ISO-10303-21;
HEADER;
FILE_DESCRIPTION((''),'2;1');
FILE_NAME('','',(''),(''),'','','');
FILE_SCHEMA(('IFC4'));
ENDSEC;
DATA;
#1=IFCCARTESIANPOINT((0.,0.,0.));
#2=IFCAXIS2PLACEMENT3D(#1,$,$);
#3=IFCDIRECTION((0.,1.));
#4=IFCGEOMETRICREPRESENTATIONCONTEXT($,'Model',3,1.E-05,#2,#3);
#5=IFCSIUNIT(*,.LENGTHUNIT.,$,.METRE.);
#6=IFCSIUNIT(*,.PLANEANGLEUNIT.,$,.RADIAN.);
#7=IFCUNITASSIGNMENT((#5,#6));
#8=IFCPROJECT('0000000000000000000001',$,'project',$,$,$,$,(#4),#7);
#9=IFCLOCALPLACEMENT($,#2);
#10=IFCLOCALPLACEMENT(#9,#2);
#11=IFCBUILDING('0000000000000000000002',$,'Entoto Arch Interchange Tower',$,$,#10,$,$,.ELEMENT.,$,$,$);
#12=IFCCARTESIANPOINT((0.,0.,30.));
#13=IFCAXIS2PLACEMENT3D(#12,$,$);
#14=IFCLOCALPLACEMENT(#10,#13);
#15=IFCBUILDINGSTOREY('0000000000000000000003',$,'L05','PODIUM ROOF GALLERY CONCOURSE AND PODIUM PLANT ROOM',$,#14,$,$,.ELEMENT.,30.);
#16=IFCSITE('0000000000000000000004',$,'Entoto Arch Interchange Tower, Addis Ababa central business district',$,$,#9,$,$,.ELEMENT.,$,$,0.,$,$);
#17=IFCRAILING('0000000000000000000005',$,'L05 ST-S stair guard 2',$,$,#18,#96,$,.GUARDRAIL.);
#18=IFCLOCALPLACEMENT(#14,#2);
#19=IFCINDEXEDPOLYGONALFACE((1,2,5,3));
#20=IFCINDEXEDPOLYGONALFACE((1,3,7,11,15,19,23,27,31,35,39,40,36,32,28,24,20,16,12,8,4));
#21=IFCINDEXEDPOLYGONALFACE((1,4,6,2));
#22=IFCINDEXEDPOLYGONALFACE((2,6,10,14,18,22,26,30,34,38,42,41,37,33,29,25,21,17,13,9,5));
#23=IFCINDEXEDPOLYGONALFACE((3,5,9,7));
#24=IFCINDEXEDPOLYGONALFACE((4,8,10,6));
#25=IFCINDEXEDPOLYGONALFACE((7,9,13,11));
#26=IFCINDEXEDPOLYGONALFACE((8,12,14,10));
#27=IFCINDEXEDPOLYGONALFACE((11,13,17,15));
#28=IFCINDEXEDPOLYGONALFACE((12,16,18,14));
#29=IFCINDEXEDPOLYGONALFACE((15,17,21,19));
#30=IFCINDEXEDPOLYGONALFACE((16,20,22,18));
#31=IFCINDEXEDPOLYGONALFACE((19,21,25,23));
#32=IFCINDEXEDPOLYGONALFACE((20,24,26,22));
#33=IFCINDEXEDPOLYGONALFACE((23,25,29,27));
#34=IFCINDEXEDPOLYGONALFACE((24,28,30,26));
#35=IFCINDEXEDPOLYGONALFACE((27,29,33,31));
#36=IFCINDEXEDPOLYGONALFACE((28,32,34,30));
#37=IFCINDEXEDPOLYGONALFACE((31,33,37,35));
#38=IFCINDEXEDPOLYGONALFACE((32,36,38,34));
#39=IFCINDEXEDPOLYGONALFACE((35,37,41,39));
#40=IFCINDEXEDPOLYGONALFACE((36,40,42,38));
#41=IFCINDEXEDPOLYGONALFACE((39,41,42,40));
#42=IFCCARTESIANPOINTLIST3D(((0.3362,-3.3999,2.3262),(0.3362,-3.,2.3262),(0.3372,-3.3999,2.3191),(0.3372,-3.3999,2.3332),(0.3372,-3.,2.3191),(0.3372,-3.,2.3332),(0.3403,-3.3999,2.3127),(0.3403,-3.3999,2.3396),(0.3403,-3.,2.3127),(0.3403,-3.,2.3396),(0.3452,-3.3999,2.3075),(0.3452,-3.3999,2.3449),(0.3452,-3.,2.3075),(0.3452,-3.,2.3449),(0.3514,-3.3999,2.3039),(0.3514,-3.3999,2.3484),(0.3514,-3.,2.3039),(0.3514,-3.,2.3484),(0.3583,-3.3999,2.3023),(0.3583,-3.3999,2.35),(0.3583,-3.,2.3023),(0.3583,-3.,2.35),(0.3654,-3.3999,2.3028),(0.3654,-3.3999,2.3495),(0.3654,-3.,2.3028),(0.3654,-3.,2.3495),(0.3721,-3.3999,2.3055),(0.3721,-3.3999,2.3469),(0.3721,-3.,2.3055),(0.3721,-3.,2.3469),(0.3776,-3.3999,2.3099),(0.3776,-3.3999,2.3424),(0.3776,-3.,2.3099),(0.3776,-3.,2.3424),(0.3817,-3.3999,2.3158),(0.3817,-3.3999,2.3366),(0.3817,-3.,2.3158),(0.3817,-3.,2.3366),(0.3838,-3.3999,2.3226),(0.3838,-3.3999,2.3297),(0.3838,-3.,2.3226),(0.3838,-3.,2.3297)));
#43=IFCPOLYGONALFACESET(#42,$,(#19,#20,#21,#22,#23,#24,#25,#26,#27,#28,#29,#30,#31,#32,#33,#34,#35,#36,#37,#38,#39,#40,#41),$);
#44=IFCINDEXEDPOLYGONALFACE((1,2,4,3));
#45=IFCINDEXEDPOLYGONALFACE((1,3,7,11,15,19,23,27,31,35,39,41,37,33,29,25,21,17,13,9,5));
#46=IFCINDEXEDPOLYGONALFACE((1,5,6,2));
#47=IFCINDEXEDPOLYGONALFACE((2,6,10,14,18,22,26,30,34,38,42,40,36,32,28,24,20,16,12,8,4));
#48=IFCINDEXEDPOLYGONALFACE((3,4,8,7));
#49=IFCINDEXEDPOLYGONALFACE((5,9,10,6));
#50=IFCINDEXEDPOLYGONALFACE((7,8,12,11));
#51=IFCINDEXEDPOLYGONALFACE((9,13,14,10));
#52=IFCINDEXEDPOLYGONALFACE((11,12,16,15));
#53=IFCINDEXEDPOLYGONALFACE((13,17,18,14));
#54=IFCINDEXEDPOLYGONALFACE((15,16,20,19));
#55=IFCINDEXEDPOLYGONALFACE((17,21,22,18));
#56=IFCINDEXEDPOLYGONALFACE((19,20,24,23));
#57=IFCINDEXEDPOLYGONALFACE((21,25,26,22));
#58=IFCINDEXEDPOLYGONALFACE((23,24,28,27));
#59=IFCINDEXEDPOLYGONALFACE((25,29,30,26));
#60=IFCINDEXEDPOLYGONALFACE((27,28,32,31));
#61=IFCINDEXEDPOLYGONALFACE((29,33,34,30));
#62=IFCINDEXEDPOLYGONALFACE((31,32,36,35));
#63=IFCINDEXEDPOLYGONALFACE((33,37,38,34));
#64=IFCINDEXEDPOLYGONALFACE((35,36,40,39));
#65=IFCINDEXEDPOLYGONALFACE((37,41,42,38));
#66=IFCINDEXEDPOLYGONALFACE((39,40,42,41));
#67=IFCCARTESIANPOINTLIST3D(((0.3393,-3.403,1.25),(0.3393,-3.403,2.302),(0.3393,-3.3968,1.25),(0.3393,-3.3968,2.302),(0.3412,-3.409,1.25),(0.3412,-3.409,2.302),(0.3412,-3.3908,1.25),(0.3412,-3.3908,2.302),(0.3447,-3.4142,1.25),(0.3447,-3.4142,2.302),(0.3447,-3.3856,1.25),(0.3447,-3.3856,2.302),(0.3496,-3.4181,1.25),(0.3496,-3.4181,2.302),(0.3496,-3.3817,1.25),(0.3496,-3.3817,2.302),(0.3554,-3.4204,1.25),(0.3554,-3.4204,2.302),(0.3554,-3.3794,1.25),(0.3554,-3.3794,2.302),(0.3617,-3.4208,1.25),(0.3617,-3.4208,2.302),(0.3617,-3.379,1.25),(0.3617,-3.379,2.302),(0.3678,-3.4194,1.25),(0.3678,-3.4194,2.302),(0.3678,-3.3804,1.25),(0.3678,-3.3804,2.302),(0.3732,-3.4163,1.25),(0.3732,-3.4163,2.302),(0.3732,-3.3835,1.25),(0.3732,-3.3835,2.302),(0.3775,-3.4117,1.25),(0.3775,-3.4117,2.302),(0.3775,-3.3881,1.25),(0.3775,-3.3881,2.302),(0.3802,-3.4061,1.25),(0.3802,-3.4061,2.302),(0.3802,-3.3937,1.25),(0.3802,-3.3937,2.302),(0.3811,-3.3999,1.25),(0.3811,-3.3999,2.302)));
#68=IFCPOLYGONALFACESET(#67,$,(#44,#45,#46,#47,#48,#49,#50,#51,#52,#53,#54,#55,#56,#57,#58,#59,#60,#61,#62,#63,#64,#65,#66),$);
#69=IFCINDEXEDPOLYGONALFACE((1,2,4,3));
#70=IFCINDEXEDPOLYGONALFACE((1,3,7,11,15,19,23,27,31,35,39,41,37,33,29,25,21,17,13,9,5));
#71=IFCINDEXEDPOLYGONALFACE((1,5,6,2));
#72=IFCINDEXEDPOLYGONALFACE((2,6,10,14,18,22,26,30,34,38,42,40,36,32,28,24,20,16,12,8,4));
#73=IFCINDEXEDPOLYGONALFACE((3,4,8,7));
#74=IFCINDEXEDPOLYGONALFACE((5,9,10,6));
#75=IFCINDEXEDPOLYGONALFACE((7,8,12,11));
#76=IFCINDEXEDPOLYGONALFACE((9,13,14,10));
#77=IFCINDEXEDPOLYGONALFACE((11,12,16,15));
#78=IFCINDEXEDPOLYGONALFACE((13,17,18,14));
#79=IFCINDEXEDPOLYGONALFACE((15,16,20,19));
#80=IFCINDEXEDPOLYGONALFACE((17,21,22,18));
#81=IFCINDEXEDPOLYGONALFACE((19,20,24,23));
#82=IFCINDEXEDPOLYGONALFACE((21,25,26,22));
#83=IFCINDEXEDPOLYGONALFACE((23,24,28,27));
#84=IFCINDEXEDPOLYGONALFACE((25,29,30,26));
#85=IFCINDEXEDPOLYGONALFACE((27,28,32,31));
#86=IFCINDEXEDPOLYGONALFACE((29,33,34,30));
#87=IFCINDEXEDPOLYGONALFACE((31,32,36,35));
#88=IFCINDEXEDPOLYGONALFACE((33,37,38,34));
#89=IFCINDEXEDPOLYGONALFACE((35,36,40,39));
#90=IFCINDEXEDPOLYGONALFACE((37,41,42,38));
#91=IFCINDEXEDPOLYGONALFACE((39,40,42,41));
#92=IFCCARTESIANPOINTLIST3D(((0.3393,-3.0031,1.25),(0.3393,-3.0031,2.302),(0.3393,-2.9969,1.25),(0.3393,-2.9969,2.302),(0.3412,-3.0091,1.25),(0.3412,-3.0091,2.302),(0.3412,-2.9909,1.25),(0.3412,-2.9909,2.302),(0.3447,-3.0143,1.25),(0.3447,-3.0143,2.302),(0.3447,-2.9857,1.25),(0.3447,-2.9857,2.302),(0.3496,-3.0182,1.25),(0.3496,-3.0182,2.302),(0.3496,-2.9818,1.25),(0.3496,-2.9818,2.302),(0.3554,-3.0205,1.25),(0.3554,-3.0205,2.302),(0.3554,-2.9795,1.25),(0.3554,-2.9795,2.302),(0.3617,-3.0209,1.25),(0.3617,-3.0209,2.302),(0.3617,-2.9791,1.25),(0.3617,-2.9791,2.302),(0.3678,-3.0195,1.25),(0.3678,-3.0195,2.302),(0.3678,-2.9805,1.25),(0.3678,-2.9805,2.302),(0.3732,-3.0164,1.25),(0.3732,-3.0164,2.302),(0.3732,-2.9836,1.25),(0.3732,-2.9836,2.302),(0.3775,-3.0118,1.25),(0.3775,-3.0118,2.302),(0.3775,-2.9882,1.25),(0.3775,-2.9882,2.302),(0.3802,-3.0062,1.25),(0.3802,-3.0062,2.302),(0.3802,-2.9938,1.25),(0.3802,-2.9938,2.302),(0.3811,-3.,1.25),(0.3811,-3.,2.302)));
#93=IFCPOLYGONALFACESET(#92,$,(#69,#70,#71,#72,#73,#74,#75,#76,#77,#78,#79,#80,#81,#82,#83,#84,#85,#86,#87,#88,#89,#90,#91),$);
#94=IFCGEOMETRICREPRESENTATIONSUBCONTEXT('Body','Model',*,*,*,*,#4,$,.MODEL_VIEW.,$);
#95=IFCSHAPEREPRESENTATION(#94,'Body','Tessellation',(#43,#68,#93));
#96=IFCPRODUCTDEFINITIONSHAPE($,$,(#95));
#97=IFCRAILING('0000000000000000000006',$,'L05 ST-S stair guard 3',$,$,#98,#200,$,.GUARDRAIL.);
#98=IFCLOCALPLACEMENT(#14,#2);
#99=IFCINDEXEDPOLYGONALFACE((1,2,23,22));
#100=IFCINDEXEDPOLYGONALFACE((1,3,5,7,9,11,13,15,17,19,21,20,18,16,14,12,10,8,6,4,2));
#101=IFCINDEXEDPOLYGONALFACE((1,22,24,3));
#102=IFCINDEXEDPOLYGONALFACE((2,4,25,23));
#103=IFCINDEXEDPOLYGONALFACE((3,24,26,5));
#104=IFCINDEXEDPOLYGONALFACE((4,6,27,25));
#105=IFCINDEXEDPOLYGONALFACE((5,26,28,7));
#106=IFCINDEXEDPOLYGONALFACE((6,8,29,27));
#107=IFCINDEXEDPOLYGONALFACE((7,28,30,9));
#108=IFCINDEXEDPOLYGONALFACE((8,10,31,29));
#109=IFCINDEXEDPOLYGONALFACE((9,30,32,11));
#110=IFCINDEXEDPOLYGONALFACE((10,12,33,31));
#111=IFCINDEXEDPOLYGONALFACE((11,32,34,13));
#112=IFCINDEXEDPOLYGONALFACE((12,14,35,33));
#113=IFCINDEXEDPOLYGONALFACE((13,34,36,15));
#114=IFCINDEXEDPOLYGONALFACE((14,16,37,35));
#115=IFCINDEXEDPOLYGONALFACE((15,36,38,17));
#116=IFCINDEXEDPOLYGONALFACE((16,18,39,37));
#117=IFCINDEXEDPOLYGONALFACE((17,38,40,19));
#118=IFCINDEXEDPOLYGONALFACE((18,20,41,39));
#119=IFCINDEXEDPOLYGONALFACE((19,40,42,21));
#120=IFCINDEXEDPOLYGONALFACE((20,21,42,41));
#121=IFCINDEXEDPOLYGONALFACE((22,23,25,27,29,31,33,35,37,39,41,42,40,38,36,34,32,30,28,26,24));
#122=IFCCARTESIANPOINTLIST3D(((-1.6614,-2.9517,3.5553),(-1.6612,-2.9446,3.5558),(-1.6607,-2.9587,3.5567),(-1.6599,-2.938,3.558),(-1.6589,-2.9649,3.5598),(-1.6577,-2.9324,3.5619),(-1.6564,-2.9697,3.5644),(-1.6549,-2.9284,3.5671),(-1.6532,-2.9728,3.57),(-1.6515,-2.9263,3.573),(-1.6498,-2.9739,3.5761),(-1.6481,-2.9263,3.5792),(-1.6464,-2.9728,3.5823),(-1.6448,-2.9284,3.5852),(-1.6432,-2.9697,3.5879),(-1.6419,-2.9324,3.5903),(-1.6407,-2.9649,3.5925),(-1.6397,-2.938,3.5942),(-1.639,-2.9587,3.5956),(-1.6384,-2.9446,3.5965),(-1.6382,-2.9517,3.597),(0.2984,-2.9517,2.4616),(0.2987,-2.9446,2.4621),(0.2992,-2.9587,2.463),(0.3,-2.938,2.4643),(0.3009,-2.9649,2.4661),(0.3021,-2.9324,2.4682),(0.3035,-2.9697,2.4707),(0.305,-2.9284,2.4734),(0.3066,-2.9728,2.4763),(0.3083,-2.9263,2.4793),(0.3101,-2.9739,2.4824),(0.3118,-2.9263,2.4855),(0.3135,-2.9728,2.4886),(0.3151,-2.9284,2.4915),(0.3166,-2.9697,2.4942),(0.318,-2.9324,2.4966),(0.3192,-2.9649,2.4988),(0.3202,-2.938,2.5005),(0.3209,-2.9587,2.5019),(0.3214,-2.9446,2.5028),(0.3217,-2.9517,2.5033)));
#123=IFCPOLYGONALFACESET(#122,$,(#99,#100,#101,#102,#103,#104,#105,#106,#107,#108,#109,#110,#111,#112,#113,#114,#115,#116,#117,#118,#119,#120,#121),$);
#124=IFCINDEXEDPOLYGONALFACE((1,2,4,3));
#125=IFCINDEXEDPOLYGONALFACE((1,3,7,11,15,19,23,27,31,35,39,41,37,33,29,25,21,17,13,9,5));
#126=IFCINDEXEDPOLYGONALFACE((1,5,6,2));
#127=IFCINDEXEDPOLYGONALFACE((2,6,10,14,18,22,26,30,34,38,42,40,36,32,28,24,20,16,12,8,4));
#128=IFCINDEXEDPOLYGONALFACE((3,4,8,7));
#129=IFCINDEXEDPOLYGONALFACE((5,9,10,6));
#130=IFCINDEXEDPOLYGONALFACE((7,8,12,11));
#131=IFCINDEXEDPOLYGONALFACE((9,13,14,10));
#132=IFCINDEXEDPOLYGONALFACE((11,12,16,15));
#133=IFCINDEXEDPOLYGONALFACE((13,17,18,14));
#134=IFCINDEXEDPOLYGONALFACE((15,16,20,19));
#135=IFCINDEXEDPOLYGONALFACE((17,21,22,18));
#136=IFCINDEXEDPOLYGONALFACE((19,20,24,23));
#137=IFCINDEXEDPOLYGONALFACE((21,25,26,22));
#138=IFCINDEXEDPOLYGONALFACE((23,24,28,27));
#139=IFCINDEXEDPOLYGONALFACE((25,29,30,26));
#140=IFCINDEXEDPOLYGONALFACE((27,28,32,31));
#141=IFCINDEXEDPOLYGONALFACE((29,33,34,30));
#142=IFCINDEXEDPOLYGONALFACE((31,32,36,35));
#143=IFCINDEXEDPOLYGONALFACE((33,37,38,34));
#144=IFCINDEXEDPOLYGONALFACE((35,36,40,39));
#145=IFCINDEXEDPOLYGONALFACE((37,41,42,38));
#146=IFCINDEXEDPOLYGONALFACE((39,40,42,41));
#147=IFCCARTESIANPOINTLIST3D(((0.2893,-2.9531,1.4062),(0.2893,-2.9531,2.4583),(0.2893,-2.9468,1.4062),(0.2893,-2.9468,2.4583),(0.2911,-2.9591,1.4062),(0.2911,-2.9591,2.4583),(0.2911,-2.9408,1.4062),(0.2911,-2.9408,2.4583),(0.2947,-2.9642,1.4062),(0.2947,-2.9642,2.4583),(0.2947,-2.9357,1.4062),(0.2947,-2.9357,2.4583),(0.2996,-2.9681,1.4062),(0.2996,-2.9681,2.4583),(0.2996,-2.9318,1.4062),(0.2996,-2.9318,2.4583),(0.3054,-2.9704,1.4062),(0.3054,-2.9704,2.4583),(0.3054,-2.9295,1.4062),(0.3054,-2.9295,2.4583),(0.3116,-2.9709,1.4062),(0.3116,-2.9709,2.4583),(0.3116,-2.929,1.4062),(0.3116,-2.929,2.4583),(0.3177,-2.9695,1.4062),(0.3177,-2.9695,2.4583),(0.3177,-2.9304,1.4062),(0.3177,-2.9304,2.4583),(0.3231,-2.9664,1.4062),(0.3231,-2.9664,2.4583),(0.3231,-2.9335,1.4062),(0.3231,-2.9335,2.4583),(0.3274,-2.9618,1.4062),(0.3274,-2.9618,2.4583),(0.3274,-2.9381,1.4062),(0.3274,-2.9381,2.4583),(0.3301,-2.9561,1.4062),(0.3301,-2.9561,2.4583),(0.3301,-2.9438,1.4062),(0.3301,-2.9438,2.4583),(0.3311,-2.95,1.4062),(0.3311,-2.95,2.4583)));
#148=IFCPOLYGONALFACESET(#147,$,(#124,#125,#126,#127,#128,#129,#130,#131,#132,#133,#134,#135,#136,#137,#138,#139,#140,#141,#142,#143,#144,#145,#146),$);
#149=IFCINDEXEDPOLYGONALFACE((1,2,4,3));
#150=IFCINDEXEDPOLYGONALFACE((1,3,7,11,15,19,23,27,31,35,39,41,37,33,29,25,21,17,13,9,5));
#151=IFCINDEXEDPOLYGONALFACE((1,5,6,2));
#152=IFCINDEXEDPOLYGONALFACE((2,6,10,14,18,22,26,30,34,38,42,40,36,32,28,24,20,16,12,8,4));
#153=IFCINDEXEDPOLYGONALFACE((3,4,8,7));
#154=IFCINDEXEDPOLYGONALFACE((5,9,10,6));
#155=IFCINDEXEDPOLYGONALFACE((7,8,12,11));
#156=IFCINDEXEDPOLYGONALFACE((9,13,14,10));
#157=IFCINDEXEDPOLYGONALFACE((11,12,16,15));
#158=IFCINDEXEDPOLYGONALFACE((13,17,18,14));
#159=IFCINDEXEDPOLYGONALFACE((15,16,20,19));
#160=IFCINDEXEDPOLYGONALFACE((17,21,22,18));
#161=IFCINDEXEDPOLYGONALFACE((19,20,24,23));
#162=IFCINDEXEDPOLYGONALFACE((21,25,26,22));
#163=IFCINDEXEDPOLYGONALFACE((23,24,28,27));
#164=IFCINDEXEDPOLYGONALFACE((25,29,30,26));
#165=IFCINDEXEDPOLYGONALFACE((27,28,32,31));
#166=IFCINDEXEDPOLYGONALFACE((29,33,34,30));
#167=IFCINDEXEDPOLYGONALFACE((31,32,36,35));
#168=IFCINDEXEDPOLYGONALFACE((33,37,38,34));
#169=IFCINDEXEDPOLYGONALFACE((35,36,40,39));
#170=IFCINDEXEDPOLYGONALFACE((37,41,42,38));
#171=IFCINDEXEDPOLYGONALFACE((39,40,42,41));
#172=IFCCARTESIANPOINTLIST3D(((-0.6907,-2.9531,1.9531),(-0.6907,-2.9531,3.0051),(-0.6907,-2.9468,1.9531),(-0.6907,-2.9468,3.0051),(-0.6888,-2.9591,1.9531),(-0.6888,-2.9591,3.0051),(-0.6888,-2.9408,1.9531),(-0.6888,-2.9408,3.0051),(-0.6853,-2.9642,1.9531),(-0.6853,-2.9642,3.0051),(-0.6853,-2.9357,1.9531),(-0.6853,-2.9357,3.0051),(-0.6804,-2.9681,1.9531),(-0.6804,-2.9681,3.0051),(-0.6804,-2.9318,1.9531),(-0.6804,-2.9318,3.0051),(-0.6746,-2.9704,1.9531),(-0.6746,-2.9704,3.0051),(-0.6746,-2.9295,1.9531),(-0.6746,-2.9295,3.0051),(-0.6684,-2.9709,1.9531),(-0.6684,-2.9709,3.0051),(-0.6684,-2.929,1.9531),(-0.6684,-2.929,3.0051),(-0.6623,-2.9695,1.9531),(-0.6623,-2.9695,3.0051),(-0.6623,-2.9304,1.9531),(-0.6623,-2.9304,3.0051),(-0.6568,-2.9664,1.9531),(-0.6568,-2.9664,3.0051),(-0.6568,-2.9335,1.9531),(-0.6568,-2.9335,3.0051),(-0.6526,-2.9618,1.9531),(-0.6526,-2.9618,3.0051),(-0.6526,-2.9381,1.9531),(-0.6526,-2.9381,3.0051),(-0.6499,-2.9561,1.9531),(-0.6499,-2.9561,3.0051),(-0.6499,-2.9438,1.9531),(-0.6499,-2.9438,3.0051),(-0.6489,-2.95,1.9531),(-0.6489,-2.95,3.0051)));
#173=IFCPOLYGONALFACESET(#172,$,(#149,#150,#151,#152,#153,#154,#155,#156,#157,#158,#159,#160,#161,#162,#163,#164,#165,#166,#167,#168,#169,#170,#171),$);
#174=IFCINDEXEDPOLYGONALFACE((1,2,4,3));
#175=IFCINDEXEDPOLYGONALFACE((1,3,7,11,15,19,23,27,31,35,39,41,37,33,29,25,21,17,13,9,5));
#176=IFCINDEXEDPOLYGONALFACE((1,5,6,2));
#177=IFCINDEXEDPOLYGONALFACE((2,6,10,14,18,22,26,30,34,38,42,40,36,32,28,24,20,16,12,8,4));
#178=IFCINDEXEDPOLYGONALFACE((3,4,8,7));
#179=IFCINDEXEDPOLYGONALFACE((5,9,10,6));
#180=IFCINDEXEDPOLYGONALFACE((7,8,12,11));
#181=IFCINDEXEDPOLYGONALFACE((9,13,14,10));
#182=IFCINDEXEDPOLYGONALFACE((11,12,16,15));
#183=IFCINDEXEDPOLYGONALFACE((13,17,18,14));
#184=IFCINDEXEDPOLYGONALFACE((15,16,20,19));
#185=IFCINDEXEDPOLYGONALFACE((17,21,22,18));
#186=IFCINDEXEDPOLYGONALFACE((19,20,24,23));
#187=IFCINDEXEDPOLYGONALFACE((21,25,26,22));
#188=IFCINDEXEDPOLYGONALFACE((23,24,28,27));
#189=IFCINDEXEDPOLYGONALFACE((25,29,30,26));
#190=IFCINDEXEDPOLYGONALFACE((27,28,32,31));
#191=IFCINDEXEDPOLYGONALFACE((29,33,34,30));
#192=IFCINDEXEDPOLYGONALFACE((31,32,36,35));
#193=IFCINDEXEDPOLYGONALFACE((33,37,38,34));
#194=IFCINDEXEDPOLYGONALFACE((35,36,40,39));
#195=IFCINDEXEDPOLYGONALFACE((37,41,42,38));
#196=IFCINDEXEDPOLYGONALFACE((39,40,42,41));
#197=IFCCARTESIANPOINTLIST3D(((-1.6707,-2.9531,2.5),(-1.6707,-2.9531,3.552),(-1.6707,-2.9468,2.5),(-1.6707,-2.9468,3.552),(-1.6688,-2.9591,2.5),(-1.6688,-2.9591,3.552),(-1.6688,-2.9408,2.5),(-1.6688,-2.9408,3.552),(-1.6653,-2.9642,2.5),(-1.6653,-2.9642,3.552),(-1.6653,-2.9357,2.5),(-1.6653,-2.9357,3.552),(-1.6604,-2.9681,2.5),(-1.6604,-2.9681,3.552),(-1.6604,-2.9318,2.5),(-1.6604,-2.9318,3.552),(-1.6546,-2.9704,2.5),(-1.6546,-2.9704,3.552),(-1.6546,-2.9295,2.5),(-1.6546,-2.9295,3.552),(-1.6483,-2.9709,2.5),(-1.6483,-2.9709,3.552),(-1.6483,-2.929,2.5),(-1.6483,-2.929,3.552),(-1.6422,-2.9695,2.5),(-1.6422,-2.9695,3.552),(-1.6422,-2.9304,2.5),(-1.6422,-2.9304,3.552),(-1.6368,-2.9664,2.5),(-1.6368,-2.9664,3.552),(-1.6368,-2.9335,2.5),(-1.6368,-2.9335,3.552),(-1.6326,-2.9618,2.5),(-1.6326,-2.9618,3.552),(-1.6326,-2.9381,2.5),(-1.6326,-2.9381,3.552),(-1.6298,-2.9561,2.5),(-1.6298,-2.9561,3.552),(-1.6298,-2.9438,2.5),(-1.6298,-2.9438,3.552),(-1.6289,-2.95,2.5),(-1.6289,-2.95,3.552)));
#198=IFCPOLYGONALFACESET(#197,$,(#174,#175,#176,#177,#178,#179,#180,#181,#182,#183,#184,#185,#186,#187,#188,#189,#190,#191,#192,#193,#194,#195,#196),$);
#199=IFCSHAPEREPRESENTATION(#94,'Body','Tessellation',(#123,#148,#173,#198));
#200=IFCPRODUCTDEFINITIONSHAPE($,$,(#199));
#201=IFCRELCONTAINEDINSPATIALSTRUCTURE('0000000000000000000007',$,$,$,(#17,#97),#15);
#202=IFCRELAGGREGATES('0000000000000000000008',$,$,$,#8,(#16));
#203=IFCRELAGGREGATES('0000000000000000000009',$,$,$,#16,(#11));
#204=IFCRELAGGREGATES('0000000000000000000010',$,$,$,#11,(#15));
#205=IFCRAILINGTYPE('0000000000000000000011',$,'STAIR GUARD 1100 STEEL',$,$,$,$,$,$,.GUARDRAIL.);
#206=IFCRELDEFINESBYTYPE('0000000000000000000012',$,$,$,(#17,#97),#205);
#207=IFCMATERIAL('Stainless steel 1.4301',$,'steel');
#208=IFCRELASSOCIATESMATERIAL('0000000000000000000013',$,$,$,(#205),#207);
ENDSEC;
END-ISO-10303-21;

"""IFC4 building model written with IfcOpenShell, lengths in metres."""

from ifc_helpers import new_model, si_unit, direction, frame, origin, origin_2d, place, context, subcontext, project, spatial, circle, extrude, material, type_object, element, save


model = new_model("IFC4")

# Units and contexts
model_context = context("Model", 3, precision=1e-05, world=origin(), true_north=direction((0.0, 1.0)))
body_context = subcontext(model_context, "Body", "Model", "MODEL_VIEW")
ifc_project = project(units=[si_unit("LENGTHUNIT", "METRE"), si_unit("PLANEANGLEUNIT", "RADIAN")], contexts=[model_context])

# Site, building, storey
site_placement = place(None, origin())
site = spatial("IfcSite", under=ifc_project, at=site_placement, Name="Entoto Arch Interchange Tower, Addis Ababa central business district", CompositionType="ELEMENT", RefElevation=0.0)
building_placement = place(site_placement, origin())
building = spatial("IfcBuilding", under=site, at=building_placement, Name="Entoto Arch Interchange Tower", CompositionType="ELEMENT")
storey_placement = place(building_placement, frame((0.0, 0.0, 30.0)))
storey = spatial("IfcBuildingStorey", under=building, at=storey_placement, Name="L05", Description="PODIUM ROOF GALLERY CONCOURSE AND PODIUM PLANT ROOM", CompositionType="ELEMENT", Elevation=30.0)

# Railings
ifc_material_1 = material(Name="Stainless steel 1.4301", Category="steel")
railing_type = type_object("IfcRailingType", Name="STAIR GUARD 1100 STEEL", PredefinedType="GUARDRAIL", material=ifc_material_1)
railing_1_placement = place(storey_placement, frame((0.3601, -3.3999, 1.25)))
element("IfcRailing", 1, at=railing_1_placement, inside=storey, type_object=railing_type, Name="L05 ST-S stair guard 2", PredefinedType="GUARDRAIL", context=body_context, shape_type="SweptSolid", body=[
    extrude(circle(Radius=0.0239, at=origin_2d()), frame((0.0, 0.0, 1.0762), z_axis=(0.0, 1.0, 0.0), x_axis=(-1.0, 0.0, 0.0)), (0.0, 0.0, 1.0), 0.3999),
    extrude(circle(Radius=0.021, at=origin_2d()), origin(), (0.0, 0.0, 1.0), 1.052),
    extrude(circle(Radius=0.021, at=origin_2d()), frame((0.0, 0.3999, 0.0)), (0.0, 0.0, 1.0), 1.052),
])
railing_2_placement = place(storey_placement, frame((0.3101, -2.95, 1.4062)))
element("IfcRailing", 2, at=railing_2_placement, inside=storey, type_object=railing_type, Name="L05 ST-S stair guard 3", PredefinedType="GUARDRAIL", context=body_context, shape_type="SweptSolid", body=[
    extrude(circle(Radius=0.0239, at=origin_2d()), frame((0.0, 0.0, 1.0762), z_axis=(-0.873232, 0.0, 0.487304), x_axis=(0.0, -1.0, 0.0)), (0.0, 0.0, 1.0), 2.2444),
    extrude(circle(Radius=0.021, at=origin_2d()), origin(), (0.0, 0.0, 1.0), 1.052),
    extrude(circle(Radius=0.021, at=origin_2d()), frame((-0.98, 0.0, 0.5469)), (0.0, 0.0, 1.0), 1.052),
    extrude(circle(Radius=0.021, at=origin_2d()), frame((-1.96, 0.0, 1.0938)), (0.0, 0.0, 1.0), 1.052),
])

save(model, "model.ifc")
